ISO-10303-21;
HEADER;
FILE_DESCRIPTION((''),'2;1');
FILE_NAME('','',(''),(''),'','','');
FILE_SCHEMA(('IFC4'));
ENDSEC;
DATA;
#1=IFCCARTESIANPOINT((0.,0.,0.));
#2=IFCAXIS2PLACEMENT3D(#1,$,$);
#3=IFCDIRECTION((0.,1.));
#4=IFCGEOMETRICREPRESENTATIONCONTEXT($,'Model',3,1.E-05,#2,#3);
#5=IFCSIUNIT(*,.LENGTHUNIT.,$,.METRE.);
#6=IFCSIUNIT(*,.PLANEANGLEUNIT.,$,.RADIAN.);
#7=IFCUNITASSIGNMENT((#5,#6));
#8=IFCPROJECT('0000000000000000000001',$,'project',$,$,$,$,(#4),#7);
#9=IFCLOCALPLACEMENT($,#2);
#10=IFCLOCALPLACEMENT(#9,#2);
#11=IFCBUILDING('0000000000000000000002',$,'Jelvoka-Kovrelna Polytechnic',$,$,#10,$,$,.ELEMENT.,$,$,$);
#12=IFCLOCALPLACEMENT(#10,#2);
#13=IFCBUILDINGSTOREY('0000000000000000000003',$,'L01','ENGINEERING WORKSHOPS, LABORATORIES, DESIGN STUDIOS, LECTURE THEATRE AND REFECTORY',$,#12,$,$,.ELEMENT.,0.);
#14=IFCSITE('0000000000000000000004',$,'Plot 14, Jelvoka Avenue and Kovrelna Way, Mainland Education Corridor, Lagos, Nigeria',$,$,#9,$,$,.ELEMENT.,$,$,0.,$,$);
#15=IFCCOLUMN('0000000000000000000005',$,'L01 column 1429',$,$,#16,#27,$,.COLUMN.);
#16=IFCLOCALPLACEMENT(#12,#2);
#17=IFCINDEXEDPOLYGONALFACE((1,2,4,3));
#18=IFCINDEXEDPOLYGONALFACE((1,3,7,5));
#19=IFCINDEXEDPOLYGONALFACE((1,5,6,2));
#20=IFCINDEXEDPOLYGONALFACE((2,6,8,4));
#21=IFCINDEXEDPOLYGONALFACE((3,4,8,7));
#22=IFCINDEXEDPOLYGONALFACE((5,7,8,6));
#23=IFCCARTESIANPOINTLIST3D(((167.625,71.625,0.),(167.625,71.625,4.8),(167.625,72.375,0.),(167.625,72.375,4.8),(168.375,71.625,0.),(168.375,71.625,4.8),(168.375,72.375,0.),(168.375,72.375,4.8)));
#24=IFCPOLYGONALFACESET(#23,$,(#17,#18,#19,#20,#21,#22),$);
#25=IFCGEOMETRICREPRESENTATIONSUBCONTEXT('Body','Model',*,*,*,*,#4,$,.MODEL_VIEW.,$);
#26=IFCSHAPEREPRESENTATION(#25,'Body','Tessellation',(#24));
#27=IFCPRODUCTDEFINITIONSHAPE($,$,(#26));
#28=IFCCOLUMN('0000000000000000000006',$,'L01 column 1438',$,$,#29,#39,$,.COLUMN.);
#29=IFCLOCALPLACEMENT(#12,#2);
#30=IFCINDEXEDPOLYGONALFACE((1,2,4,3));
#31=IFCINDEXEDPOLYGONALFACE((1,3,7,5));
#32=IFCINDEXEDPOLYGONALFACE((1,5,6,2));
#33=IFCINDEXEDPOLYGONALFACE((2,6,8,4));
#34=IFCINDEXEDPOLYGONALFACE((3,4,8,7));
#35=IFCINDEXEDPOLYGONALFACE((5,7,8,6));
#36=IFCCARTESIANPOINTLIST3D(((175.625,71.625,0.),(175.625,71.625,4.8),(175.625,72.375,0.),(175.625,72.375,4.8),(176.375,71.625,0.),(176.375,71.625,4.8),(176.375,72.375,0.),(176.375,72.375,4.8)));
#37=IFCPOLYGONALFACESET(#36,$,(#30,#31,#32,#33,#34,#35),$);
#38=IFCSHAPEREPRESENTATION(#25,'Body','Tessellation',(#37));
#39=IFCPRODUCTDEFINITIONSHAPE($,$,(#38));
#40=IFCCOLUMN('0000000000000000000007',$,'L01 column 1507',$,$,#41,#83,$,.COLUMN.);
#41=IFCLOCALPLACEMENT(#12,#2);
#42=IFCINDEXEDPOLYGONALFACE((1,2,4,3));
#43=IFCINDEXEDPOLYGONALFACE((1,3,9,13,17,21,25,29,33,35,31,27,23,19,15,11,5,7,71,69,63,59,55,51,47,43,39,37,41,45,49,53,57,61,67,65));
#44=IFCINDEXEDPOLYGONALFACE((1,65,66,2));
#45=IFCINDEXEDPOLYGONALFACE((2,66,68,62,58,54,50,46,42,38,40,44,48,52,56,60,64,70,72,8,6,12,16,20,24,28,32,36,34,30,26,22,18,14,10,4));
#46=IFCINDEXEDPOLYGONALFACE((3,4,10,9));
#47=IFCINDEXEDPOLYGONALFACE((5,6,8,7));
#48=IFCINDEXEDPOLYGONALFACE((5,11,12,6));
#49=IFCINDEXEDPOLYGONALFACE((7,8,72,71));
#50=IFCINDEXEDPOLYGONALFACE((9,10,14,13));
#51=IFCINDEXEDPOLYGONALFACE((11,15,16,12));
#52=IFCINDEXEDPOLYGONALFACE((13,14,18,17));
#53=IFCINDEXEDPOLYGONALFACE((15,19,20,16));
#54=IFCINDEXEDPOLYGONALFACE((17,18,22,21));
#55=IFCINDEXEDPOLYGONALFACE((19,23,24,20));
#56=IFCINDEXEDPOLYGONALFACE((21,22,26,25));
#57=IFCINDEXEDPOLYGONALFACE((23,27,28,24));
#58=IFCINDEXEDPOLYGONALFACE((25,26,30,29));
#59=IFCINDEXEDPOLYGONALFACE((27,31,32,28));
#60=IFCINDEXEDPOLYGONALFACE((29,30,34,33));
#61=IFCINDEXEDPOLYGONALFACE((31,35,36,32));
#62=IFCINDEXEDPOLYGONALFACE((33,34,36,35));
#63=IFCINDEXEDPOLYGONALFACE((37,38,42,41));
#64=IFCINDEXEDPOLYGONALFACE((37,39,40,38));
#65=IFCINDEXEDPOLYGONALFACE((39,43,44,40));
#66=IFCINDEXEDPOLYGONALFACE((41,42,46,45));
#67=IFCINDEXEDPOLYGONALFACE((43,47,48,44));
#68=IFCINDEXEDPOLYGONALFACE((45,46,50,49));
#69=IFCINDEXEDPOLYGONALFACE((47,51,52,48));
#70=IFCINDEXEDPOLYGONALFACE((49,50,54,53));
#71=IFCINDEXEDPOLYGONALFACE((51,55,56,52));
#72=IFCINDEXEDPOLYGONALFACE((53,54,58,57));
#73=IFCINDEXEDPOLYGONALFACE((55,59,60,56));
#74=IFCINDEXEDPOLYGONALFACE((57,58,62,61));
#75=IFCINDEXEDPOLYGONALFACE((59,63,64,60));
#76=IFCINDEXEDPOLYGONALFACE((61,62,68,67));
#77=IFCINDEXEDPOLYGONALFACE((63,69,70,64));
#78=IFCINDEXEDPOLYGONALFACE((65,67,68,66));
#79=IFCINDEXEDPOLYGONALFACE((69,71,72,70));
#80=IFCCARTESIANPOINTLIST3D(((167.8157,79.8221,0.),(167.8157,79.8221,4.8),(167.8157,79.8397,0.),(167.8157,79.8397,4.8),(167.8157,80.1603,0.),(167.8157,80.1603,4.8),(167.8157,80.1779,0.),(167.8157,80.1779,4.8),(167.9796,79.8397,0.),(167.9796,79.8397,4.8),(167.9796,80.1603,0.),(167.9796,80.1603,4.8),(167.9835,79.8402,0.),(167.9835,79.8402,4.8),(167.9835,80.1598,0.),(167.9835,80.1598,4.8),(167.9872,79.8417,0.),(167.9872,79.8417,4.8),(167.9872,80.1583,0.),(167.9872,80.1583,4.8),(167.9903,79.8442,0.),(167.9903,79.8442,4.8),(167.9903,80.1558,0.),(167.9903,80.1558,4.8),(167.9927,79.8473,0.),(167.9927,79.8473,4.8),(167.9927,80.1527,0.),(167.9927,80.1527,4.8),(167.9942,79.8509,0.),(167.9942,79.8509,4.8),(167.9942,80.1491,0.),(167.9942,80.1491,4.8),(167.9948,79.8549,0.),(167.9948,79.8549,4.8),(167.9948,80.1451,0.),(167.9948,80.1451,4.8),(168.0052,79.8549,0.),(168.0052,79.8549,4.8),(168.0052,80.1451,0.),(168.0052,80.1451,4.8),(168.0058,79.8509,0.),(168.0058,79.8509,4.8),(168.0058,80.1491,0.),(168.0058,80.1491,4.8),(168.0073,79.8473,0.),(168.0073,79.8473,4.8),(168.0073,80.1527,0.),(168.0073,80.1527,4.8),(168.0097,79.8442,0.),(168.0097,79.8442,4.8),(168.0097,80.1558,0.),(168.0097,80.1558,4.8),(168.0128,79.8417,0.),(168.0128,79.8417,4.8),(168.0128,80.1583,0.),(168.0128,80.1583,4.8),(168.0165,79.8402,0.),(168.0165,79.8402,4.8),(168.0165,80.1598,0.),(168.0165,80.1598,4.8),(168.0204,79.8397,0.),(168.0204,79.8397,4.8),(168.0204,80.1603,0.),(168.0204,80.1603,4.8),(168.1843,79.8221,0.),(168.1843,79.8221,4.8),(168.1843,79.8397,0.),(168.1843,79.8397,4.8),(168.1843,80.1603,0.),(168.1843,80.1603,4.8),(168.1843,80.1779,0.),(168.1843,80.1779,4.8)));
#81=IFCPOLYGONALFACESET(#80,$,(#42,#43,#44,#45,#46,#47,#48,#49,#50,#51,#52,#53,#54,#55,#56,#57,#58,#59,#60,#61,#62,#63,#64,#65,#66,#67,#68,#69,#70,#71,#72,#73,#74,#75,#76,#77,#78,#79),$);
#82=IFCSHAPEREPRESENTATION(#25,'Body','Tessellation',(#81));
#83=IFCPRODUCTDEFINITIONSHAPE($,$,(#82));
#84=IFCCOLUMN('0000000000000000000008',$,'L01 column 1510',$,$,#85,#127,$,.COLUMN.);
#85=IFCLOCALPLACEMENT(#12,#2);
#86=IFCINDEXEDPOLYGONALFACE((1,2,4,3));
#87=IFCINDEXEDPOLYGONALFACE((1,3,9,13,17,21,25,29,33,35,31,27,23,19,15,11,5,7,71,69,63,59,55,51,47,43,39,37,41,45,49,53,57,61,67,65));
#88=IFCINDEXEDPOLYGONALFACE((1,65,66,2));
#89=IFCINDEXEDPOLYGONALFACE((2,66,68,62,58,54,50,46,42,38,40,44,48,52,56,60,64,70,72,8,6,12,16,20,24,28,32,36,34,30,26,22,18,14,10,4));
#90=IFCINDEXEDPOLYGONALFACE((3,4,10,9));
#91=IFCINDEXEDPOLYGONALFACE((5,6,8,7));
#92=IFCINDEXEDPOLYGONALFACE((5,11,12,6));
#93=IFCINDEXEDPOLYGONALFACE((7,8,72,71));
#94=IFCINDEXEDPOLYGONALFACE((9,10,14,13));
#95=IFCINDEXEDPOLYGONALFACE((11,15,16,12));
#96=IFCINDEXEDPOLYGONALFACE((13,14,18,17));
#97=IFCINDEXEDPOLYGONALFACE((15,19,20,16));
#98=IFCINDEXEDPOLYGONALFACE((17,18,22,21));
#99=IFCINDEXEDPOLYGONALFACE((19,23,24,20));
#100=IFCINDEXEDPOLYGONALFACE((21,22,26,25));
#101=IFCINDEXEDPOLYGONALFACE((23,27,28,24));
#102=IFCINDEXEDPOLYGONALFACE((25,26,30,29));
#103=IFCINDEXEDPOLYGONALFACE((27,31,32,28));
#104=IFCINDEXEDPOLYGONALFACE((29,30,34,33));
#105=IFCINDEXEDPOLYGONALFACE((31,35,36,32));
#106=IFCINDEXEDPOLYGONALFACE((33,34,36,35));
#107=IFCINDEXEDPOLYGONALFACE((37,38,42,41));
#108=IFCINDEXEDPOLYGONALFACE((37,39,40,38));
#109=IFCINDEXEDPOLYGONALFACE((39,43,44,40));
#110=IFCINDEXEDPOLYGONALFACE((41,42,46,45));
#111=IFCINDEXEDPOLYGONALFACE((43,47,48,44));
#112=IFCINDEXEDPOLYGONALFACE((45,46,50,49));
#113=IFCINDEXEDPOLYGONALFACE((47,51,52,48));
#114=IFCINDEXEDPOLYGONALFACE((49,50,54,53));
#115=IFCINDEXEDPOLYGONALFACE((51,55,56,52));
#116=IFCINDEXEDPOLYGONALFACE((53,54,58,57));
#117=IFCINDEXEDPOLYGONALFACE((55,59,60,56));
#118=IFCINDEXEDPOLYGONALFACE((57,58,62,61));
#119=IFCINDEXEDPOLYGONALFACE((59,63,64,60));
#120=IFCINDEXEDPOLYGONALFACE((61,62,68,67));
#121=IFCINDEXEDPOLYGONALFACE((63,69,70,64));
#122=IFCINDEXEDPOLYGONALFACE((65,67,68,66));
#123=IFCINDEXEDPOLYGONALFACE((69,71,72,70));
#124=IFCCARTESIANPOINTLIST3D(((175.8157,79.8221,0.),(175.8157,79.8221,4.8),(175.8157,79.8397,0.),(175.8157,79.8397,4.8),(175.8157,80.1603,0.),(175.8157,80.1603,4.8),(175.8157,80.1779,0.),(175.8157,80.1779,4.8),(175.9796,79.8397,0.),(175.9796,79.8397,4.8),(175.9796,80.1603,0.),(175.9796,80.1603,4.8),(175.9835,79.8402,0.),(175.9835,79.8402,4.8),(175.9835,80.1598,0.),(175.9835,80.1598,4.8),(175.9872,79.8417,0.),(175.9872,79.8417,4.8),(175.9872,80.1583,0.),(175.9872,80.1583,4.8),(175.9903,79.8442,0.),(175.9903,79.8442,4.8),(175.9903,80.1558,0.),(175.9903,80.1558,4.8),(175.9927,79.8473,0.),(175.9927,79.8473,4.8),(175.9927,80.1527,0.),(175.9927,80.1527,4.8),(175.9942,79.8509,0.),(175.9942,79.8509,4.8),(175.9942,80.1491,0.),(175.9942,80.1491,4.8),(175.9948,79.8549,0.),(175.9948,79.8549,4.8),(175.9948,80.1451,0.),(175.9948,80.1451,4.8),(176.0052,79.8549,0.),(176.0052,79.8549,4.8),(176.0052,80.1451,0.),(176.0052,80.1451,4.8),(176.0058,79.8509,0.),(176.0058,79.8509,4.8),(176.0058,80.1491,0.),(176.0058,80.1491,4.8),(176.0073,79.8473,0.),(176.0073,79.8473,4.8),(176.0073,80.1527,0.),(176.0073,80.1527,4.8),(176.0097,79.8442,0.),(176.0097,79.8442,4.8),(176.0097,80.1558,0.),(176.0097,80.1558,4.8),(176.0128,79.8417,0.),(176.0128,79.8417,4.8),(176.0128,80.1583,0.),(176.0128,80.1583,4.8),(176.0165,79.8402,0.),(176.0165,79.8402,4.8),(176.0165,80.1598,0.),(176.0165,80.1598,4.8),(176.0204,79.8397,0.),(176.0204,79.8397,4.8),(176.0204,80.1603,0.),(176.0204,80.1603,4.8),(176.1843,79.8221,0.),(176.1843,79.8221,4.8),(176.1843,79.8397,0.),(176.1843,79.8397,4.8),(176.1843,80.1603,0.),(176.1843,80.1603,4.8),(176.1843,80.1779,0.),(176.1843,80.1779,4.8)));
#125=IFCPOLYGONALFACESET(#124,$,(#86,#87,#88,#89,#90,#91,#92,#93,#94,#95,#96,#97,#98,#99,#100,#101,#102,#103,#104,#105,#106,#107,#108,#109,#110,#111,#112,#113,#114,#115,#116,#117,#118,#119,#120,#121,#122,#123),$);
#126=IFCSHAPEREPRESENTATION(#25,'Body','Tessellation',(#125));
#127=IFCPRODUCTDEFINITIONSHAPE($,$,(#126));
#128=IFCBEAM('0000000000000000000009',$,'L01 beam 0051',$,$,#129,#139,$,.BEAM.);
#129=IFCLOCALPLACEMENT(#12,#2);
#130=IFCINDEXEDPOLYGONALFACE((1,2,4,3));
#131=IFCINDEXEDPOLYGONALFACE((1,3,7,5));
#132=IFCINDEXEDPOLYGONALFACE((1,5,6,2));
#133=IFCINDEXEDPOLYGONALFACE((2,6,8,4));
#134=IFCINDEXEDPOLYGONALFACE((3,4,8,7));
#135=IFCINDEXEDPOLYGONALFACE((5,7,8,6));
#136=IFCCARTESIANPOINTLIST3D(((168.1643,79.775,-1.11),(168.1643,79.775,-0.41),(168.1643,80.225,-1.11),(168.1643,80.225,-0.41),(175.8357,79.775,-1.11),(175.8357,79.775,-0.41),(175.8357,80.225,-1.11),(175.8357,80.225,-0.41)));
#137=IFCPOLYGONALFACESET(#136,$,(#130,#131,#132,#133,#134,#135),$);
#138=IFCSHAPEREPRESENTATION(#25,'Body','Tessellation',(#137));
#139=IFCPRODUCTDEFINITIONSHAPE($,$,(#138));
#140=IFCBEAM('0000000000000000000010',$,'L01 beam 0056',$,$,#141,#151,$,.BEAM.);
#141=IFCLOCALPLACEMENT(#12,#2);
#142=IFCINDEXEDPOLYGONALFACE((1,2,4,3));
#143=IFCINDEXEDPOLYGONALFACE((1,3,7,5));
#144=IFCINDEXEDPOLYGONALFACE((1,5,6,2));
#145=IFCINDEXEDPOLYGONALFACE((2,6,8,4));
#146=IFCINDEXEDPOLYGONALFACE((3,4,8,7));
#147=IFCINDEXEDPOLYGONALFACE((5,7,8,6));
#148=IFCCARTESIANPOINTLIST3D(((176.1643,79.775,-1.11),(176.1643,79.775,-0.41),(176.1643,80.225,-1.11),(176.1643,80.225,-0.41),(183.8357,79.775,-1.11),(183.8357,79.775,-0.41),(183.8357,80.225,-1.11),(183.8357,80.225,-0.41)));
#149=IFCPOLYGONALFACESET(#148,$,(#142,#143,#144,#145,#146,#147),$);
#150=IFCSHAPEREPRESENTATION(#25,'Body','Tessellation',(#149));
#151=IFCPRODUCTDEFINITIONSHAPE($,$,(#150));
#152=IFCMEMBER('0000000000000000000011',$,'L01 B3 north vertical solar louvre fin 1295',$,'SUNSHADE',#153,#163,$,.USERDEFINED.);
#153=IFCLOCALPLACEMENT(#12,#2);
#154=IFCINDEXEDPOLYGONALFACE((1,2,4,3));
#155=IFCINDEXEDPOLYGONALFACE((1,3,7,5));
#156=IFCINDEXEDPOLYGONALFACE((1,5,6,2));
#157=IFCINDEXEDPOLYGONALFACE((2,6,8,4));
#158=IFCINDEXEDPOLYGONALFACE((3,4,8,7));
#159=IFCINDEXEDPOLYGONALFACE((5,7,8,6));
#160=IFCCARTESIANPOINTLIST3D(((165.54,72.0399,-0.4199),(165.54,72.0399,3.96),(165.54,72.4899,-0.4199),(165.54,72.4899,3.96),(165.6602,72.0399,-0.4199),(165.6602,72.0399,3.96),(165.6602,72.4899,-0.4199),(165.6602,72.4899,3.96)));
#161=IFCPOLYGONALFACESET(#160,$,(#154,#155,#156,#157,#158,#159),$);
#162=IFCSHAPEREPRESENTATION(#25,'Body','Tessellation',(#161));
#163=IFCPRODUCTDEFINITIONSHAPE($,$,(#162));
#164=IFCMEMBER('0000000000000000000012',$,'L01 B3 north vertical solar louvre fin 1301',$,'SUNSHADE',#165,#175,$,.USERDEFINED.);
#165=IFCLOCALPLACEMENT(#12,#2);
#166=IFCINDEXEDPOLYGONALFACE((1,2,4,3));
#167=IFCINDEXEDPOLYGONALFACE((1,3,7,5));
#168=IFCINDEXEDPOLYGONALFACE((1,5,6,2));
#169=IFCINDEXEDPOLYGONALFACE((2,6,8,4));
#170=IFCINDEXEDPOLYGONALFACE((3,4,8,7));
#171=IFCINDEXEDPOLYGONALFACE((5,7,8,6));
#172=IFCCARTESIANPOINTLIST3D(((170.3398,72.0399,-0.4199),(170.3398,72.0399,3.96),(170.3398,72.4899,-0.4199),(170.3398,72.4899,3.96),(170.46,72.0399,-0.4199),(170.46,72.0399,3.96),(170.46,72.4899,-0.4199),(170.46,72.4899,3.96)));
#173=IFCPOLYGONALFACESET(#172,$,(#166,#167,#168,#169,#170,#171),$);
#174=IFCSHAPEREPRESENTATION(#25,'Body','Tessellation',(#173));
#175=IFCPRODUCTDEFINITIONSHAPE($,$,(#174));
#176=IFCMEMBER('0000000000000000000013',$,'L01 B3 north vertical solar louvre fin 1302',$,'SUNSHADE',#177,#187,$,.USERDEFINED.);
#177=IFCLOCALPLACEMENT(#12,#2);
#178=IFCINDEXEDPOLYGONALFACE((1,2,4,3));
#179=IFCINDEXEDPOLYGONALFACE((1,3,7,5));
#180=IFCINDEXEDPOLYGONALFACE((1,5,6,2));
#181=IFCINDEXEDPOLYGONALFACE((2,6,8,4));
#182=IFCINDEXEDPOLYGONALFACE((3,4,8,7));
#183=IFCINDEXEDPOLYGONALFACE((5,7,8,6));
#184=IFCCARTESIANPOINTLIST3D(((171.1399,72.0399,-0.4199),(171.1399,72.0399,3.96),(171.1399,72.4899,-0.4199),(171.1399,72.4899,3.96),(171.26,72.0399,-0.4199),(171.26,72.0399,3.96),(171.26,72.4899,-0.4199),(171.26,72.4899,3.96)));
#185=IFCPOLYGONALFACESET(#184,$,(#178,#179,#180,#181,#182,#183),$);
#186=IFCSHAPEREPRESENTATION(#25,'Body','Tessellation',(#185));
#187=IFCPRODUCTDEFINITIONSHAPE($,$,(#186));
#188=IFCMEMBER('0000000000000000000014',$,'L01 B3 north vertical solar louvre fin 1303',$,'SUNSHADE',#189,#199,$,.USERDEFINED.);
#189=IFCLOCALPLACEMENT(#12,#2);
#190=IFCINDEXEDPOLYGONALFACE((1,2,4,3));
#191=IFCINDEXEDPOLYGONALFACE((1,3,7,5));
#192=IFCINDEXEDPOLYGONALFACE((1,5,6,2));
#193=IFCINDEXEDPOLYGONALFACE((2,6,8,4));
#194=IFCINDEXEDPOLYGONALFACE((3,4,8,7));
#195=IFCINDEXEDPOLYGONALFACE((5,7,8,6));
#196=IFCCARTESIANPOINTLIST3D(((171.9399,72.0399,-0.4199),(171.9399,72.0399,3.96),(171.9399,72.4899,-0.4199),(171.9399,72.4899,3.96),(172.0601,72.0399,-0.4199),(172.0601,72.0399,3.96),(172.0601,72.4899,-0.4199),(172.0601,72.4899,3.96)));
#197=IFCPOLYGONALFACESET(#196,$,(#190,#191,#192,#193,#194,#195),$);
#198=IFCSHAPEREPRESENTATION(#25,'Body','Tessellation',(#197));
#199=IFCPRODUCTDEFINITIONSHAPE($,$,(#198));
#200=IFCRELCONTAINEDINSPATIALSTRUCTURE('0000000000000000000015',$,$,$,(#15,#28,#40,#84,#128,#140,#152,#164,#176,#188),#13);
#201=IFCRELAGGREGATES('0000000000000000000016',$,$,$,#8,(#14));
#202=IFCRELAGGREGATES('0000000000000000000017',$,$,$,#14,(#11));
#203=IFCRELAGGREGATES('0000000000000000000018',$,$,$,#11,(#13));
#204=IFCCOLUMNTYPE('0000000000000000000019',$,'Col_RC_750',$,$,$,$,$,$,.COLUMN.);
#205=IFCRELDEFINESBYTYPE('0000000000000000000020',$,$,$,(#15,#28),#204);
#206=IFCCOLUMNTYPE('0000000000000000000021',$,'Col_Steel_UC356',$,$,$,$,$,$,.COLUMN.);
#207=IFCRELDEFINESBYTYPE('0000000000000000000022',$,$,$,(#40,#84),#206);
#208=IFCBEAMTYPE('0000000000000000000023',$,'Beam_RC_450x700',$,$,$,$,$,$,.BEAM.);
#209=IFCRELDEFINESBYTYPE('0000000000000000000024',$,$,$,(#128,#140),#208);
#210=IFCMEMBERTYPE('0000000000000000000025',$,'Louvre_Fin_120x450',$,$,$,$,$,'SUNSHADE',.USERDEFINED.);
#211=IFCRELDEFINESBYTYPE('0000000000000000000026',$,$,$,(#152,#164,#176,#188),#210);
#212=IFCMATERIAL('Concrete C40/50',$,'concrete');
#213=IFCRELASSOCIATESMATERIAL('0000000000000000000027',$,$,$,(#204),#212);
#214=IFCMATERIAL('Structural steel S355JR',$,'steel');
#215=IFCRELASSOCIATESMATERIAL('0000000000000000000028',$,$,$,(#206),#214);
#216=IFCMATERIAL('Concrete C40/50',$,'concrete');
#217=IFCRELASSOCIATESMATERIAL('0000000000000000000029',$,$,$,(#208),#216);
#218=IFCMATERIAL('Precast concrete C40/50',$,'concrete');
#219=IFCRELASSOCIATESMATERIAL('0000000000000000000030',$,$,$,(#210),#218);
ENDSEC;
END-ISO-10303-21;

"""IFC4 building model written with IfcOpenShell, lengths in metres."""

from ifc_helpers import new_model, si_unit, direction, frame, origin, origin_2d, place, context, subcontext, project, spatial, rectangle, i_section, extrude, material, material_profile, profile_set, type_object, element, save


model = new_model("IFC4")

# Units and contexts
model_context = context("Model", 3, precision=1e-05, world=origin(), true_north=direction((0.0, 1.0)))
body_context = subcontext(model_context, "Body", "Model", "MODEL_VIEW")
ifc_project = project(units=[si_unit("LENGTHUNIT", "METRE"), si_unit("PLANEANGLEUNIT", "RADIAN")], contexts=[model_context])

# Site, building, storey
site_placement = place(None, origin())
site = spatial("IfcSite", under=ifc_project, at=site_placement, Name="Plot 14, Jelvoka Avenue and Kovrelna Way, Mainland Education Corridor, Lagos, Nigeria", CompositionType="ELEMENT", RefElevation=0.0)
building_placement = place(site_placement, origin())
building = spatial("IfcBuilding", under=site, at=building_placement, Name="Jelvoka-Kovrelna Polytechnic", CompositionType="ELEMENT")
storey_placement = place(building_placement, origin())
storey = spatial("IfcBuildingStorey", under=building, at=storey_placement, Name="L01", Description="ENGINEERING WORKSHOPS, LABORATORIES, DESIGN STUDIOS, LECTURE THEATRE AND REFECTORY", CompositionType="ELEMENT", Elevation=0.0)

# Columns
ifc_material_1 = material(Name="Concrete C40/50", Category="concrete")
ifc_material_profile_1 = material_profile(ifc_material_1, rectangle(XDim=0.75, YDim=0.75, at=origin_2d()), Name="RC 750x750")
ifc_profile_set_1 = profile_set([ifc_material_profile_1], Name="Concrete C40/50")
column_type_1 = type_object("IfcColumnType", Name="Col_RC_750", PredefinedType="COLUMN", material=ifc_profile_set_1)
for number, where, z_axis, x_axis, name in (
    (1, (168.0, 72.0, 0.0), (0.0, 0.0, 1.0), (1.0, 0.0, 0.0), "L01 column 1429"),
    (2, (176.0, 72.0, 0.0), (0.0, 0.0, 1.0), (1.0, 0.0, 0.0), "L01 column 1438"),
):
    element("IfcColumn", number, at=place(storey_placement, frame(where, z_axis=z_axis, x_axis=x_axis)), inside=storey, type_object=column_type_1, Name=name, PredefinedType="COLUMN", context=body_context, shape_type="SweptSolid", body=[
        extrude(rectangle(XDim=0.75, YDim=0.75, at=origin_2d()), origin(), (0.0, 0.0, 1.0), 4.8),
    ])
ifc_material_2 = material(Name="Structural steel S355JR", Category="steel")
ifc_material_profile_2 = material_profile(ifc_material_2, i_section(OverallWidth=0.3687, OverallDepth=0.3557, WebThickness=0.0105, FlangeThickness=0.0176, FilletRadius=0.0151, at=origin_2d()), Name="356x368x129 UC")
ifc_profile_set_2 = profile_set([ifc_material_profile_2], Name="Structural steel S355JR")
column_type_2 = type_object("IfcColumnType", Name="Col_Steel_UC356", PredefinedType="COLUMN", material=ifc_profile_set_2)
for number, where, z_axis, x_axis, name in (
    (3, (168.0, 80.0, 0.0), (0.0, 0.0, 1.0), (1.0, 0.0, 0.0), "L01 column 1507"),
    (4, (176.0, 80.0, 0.0), (0.0, 0.0, 1.0), (1.0, 0.0, 0.0), "L01 column 1510"),
):
    element("IfcColumn", number, at=place(storey_placement, frame(where, z_axis=z_axis, x_axis=x_axis)), inside=storey, type_object=column_type_2, Name=name, PredefinedType="COLUMN", context=body_context, shape_type="SweptSolid", body=[
        extrude(i_section(OverallWidth=0.3687, OverallDepth=0.3557, WebThickness=0.0105, FlangeThickness=0.0176, FilletRadius=0.0151, at=origin_2d()), origin(), (0.0, 0.0, 1.0), 4.8),
    ])

# Beams
ifc_material_3 = material(Name="Concrete C40/50", Category="concrete")
ifc_material_profile_3 = material_profile(ifc_material_3, rectangle(XDim=0.45, YDim=0.7, at=origin_2d()), Name="RC 450x700")
ifc_profile_set_3 = profile_set([ifc_material_profile_3], Name="Concrete C40/50")
beam_type_1 = type_object("IfcBeamType", Name="Beam_RC_450x700", PredefinedType="BEAM", material=ifc_profile_set_3)
for number, where, z_axis, x_axis, name in (
    (5, (168.1643, 80.0, -0.76), (1.0, 0.0, 0.0), (0.0, 1.0, 0.0), "L01 beam 0051"),
    (6, (176.1643, 80.0, -0.76), (1.0, 0.0, 0.0), (0.0, 1.0, 0.0), "L01 beam 0056"),
):
    element("IfcBeam", number, at=place(storey_placement, frame(where, z_axis=z_axis, x_axis=x_axis)), inside=storey, type_object=beam_type_1, Name=name, PredefinedType="BEAM", context=body_context, shape_type="SweptSolid", body=[
        extrude(rectangle(XDim=0.45, YDim=0.7, at=origin_2d()), origin(), (0.0, 0.0, 1.0), 7.6714),
    ])

# Members
ifc_material_4 = material(Name="Precast concrete C40/50", Category="concrete")
ifc_material_profile_4 = material_profile(ifc_material_4, rectangle(XDim=0.1201, YDim=0.45, at=origin_2d()), Name="PC 120x450")
ifc_profile_set_4 = profile_set([ifc_material_profile_4], Name="Precast concrete C40/50")
member_type = type_object("IfcMemberType", Name="Louvre_Fin_120x450", ElementType="SUNSHADE", PredefinedType="USERDEFINED", material=ifc_profile_set_4)
for number, where, z_axis, x_axis, name in (
    (7, (165.6001, 72.2649, -0.4199), (0.0, 0.0, 1.0), (1.0, 0.0, 0.0), "L01 B3 north vertical solar louvre fin 1295"),
    (8, (170.3999, 72.2649, -0.4199), (0.0, 0.0, 1.0), (1.0, 0.0, 0.0), "L01 B3 north vertical solar louvre fin 1301"),
    (9, (171.2, 72.2649, -0.4199), (0.0, 0.0, 1.0), (1.0, 0.0, 0.0), "L01 B3 north vertical solar louvre fin 1302"),
    (10, (172.0, 72.2649, -0.4199), (0.0, 0.0, 1.0), (1.0, 0.0, 0.0), "L01 B3 north vertical solar louvre fin 1303"),
):
    element("IfcMember", number, at=place(storey_placement, frame(where, z_axis=z_axis, x_axis=x_axis)), inside=storey, type_object=member_type, Name=name, ObjectType="SUNSHADE", PredefinedType="USERDEFINED", context=body_context, shape_type="SweptSolid", body=[
        extrude(rectangle(XDim=0.1201, YDim=0.45, at=origin_2d()), origin(), (0.0, 0.0, 1.0), 4.3799),
    ])

save(model, "model.ifc")
